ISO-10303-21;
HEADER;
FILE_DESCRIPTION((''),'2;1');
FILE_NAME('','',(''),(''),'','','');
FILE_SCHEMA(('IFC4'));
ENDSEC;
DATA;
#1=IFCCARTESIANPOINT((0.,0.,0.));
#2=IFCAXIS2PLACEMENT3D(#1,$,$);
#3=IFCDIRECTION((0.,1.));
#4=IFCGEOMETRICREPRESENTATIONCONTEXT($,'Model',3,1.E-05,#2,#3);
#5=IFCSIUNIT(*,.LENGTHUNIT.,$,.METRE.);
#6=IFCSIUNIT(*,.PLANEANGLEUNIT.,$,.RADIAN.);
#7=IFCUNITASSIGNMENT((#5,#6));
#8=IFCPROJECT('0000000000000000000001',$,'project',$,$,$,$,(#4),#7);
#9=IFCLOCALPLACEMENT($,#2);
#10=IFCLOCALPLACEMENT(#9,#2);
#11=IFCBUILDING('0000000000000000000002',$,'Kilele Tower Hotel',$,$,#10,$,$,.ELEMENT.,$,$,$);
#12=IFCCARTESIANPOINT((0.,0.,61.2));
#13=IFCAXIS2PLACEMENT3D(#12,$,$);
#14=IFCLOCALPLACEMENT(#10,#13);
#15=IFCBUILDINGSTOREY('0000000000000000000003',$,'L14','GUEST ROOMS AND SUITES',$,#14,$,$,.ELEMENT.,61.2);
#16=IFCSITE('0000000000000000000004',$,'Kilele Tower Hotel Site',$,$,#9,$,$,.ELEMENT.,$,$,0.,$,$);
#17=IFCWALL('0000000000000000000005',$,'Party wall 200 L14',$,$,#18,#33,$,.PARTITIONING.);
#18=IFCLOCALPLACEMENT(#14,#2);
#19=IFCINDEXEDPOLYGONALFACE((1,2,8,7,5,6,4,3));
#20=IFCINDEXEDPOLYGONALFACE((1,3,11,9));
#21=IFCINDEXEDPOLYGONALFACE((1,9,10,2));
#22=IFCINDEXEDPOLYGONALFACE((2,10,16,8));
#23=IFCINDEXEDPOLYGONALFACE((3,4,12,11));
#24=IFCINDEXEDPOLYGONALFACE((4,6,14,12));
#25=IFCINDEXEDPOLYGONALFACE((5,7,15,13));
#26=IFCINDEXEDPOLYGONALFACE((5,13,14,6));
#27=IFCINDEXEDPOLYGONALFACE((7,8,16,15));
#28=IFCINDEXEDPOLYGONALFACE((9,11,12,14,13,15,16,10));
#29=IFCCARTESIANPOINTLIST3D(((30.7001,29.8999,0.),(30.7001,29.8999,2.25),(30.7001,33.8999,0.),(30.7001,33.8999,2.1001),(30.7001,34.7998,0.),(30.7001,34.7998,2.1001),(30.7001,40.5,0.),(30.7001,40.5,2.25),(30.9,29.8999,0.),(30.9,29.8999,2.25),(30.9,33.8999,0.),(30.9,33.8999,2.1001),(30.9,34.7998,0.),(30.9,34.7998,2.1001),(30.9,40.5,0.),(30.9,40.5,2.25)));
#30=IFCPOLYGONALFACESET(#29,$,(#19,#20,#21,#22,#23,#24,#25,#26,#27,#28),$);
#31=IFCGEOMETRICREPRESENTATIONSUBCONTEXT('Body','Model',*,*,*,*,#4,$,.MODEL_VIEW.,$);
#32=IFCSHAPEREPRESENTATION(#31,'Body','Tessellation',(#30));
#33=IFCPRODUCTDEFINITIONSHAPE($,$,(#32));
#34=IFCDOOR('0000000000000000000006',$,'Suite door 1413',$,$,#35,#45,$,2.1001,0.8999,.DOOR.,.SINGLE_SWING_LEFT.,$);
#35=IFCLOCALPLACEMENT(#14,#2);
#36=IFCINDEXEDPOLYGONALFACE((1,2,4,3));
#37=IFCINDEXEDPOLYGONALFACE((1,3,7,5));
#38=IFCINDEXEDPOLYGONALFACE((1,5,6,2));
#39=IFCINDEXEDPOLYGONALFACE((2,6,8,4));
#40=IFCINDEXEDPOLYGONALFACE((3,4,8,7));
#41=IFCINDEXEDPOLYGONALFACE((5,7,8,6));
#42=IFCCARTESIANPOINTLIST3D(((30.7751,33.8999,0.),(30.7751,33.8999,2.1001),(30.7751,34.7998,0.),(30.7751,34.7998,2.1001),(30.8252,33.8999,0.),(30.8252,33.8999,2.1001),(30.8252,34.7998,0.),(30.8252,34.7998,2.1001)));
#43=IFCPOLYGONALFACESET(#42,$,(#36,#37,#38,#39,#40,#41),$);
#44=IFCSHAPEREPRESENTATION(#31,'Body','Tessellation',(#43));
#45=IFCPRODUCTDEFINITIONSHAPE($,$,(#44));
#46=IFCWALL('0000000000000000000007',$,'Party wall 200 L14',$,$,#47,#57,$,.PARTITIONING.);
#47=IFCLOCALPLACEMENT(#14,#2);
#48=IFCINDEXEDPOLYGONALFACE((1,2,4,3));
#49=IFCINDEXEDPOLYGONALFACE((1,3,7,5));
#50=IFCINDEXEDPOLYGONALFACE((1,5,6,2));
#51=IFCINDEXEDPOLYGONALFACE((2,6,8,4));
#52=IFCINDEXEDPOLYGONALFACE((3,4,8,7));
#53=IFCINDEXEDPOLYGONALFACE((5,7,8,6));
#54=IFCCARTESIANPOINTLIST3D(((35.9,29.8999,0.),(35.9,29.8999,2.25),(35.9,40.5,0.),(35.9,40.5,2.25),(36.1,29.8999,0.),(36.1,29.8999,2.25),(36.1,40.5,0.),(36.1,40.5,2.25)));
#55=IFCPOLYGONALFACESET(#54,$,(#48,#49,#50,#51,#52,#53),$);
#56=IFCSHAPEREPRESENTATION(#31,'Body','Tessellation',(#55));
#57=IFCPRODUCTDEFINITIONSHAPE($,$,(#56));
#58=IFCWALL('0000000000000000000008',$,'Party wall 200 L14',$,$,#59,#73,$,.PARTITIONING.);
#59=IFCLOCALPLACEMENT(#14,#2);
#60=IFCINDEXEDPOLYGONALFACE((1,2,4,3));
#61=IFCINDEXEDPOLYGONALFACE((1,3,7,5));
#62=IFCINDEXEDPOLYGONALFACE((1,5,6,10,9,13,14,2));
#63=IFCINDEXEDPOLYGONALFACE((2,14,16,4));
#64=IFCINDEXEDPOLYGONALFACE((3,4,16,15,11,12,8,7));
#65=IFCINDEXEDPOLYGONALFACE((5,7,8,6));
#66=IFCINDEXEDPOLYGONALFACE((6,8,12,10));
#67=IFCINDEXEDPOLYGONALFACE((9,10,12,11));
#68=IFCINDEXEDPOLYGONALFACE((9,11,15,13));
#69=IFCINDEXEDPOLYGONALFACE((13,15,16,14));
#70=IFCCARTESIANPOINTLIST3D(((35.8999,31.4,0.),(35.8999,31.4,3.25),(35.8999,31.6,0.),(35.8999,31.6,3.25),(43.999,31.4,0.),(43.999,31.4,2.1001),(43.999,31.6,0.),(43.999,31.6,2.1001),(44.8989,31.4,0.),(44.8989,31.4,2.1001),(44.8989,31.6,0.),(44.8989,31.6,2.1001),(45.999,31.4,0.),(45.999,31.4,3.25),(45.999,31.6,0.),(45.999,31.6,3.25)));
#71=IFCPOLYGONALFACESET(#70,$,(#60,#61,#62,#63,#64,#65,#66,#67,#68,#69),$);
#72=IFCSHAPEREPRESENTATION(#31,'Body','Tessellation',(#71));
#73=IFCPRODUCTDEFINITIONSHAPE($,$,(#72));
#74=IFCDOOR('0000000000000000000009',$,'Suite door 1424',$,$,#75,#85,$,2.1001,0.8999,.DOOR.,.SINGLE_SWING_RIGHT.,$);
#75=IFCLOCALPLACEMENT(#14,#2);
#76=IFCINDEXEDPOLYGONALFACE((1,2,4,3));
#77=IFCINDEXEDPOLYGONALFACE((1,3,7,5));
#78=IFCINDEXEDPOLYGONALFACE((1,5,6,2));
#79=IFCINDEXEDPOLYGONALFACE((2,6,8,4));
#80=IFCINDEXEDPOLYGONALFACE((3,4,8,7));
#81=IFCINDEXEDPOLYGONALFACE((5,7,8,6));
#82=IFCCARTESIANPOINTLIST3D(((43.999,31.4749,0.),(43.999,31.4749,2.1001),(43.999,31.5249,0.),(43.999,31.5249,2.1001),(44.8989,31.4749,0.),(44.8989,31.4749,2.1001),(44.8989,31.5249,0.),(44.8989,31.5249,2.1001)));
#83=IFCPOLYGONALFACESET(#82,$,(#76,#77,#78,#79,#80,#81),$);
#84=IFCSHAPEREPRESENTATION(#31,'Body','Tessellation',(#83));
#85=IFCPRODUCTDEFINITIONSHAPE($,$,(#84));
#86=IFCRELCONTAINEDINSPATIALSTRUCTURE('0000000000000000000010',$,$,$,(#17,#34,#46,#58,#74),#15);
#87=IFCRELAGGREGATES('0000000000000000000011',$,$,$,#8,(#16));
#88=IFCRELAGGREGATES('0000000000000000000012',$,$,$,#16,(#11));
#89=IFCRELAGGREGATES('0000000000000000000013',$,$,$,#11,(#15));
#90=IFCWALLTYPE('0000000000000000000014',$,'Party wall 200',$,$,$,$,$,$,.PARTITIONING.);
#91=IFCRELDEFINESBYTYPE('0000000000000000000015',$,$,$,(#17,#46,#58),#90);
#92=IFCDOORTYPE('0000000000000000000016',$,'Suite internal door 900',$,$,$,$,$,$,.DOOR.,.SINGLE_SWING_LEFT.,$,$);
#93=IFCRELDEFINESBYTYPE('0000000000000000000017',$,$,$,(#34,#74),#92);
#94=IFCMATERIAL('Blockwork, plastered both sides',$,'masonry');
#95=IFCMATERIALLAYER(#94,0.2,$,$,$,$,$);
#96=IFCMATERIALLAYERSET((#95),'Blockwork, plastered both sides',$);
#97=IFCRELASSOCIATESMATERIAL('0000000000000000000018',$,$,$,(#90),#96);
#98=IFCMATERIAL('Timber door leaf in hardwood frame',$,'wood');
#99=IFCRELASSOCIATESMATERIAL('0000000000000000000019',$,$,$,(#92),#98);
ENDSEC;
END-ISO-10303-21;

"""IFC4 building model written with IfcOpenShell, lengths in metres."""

from ifc_helpers import new_model, si_unit, direction, frame, frame_2d, origin, place, context, subcontext, project, spatial, rectangle, extrude, material, layer, layer_set, type_object, element, fill, save


model = new_model("IFC4")

# Units and contexts
model_context = context("Model", 3, precision=1e-05, world=origin(), true_north=direction((0.0, 1.0)))
body_context = subcontext(model_context, "Body", "Model", "MODEL_VIEW")
ifc_project = project(units=[si_unit("LENGTHUNIT", "METRE"), si_unit("PLANEANGLEUNIT", "RADIAN")], contexts=[model_context])

# Site, building, storey
site_placement = place(None, origin())
site = spatial("IfcSite", under=ifc_project, at=site_placement, Name="Kilele Tower Hotel Site", CompositionType="ELEMENT", RefElevation=0.0)
building_placement = place(site_placement, origin())
building = spatial("IfcBuilding", under=site, at=building_placement, Name="Kilele Tower Hotel", CompositionType="ELEMENT")
storey_placement = place(building_placement, frame((0.0, 0.0, 61.2)))
storey = spatial("IfcBuildingStorey", under=building, at=storey_placement, Name="L14", Description="GUEST ROOMS AND SUITES", CompositionType="ELEMENT", Elevation=61.2)

# Wall, opening, door
ifc_material_1 = material(Name="Blockwork, plastered both sides", Category="masonry")
ifc_layer_1 = layer(ifc_material_1, 0.2)
ifc_layer_set_1 = layer_set([ifc_layer_1], Name="Blockwork, plastered both sides")
wall_type_1 = type_object("IfcWallType", Name="Party wall 200", PredefinedType="PARTITIONING", material=ifc_layer_set_1)
wall_1_placement = place(storey_placement, frame((30.8, 29.8999, 0.0), z_axis=(0.0, 0.0, 1.0), x_axis=(0.0, 1.0, 0.0)))
wall_1 = element("IfcWall", 1, at=wall_1_placement, inside=storey, type_object=wall_type_1, Name="Party wall 200 L14", PredefinedType="PARTITIONING", context=body_context, shape_type="SweptSolid", body=[
    extrude(rectangle(XDim=10.6001, YDim=0.2, at=frame_2d((5.3, 0.0))), origin(), (0.0, 0.0, 1.0), 2.25),
])
opening_1_placement = place(wall_1_placement, frame((4.0, 0.0, 0.0)))
opening_1 = element("IfcOpeningElement", 2, at=opening_1_placement, cuts=wall_1, PredefinedType="OPENING", context=body_context, shape_type="SweptSolid", body=[
    extrude(rectangle(XDim=0.8999, YDim=2.1001, at=frame_2d((0.45, 1.05))), frame((0.0, 0.1099, 0.0), z_axis=(0.0, -1.0, 0.0), x_axis=(1.0, 0.0, 0.0)), (0.0, 0.0, 1.0), 0.22),
])
ifc_material_2 = material(Name="Timber door leaf in hardwood frame", Category="wood")
door_type_1 = type_object("IfcDoorType", Name="Suite internal door 900", OperationType="SINGLE_SWING_LEFT", PredefinedType="DOOR", material=ifc_material_2)
door_1_placement = place(opening_1_placement, origin())
door_1 = element("IfcDoor", 3, at=door_1_placement, inside=storey, type_object=door_type_1, Name="Suite door 1413", OperationType="SINGLE_SWING_LEFT", OverallHeight=2.1001, OverallWidth=0.8999, PredefinedType="DOOR", context=body_context, shape_type="SweptSolid", body=[
    extrude(rectangle(XDim=0.8999, YDim=2.1001, at=frame_2d((0.45, 1.05))), frame((0.0, 0.0249, 0.0), z_axis=(0.0, -1.0, 0.0), x_axis=(1.0, 0.0, 0.0)), (0.0, 0.0, 1.0), 0.05),
])
fill(opening_1, door_1)

# Wall
wall_2_placement = place(storey_placement, frame((36.0, 29.8999, 0.0), z_axis=(0.0, 0.0, 1.0), x_axis=(0.0, 1.0, 0.0)))
element("IfcWall", 4, at=wall_2_placement, inside=storey, type_object=wall_type_1, Name="Party wall 200 L14", PredefinedType="PARTITIONING", context=body_context, shape_type="SweptSolid", body=[
    extrude(rectangle(XDim=10.6001, YDim=0.2, at=frame_2d((5.3, 0.0))), origin(), (0.0, 0.0, 1.0), 2.25),
])

# Wall, opening, door
wall_3_placement = place(storey_placement, frame((35.8999, 31.5, 0.0), z_axis=(0.0, 0.0, 1.0), x_axis=(1.0, 0.0, 0.0)))
wall_3 = element("IfcWall", 5, at=wall_3_placement, inside=storey, type_object=wall_type_1, Name="Party wall 200 L14", PredefinedType="PARTITIONING", context=body_context, shape_type="SweptSolid", body=[
    extrude(rectangle(XDim=10.0991, YDim=0.2, at=frame_2d((5.0496, 0.0))), origin(), (0.0, 0.0, 1.0), 3.25),
])
opening_2_placement = place(wall_3_placement, frame((8.0991, 0.0, 0.0)))
opening_2 = element("IfcOpeningElement", 6, at=opening_2_placement, cuts=wall_3, PredefinedType="OPENING", context=body_context, shape_type="SweptSolid", body=[
    extrude(rectangle(XDim=0.8999, YDim=2.1001, at=frame_2d((0.45, 1.05))), frame((0.0, 0.1099, 0.0), z_axis=(0.0, -1.0, 0.0), x_axis=(1.0, 0.0, 0.0)), (0.0, 0.0, 1.0), 0.22),
])
door_2_placement = place(opening_2_placement, origin())
door_2 = element("IfcDoor", 7, at=door_2_placement, inside=storey, type_object=door_type_1, Name="Suite door 1424", OperationType="SINGLE_SWING_RIGHT", OverallHeight=2.1001, OverallWidth=0.8999, PredefinedType="DOOR", context=body_context, shape_type="SweptSolid", body=[
    extrude(rectangle(XDim=0.8999, YDim=2.1001, at=frame_2d((0.45, 1.05))), frame((0.0, 0.0249, 0.0), z_axis=(0.0, -1.0, 0.0), x_axis=(1.0, 0.0, 0.0)), (0.0, 0.0, 1.0), 0.05),
])
fill(opening_2, door_2)

save(model, "model.ifc")
